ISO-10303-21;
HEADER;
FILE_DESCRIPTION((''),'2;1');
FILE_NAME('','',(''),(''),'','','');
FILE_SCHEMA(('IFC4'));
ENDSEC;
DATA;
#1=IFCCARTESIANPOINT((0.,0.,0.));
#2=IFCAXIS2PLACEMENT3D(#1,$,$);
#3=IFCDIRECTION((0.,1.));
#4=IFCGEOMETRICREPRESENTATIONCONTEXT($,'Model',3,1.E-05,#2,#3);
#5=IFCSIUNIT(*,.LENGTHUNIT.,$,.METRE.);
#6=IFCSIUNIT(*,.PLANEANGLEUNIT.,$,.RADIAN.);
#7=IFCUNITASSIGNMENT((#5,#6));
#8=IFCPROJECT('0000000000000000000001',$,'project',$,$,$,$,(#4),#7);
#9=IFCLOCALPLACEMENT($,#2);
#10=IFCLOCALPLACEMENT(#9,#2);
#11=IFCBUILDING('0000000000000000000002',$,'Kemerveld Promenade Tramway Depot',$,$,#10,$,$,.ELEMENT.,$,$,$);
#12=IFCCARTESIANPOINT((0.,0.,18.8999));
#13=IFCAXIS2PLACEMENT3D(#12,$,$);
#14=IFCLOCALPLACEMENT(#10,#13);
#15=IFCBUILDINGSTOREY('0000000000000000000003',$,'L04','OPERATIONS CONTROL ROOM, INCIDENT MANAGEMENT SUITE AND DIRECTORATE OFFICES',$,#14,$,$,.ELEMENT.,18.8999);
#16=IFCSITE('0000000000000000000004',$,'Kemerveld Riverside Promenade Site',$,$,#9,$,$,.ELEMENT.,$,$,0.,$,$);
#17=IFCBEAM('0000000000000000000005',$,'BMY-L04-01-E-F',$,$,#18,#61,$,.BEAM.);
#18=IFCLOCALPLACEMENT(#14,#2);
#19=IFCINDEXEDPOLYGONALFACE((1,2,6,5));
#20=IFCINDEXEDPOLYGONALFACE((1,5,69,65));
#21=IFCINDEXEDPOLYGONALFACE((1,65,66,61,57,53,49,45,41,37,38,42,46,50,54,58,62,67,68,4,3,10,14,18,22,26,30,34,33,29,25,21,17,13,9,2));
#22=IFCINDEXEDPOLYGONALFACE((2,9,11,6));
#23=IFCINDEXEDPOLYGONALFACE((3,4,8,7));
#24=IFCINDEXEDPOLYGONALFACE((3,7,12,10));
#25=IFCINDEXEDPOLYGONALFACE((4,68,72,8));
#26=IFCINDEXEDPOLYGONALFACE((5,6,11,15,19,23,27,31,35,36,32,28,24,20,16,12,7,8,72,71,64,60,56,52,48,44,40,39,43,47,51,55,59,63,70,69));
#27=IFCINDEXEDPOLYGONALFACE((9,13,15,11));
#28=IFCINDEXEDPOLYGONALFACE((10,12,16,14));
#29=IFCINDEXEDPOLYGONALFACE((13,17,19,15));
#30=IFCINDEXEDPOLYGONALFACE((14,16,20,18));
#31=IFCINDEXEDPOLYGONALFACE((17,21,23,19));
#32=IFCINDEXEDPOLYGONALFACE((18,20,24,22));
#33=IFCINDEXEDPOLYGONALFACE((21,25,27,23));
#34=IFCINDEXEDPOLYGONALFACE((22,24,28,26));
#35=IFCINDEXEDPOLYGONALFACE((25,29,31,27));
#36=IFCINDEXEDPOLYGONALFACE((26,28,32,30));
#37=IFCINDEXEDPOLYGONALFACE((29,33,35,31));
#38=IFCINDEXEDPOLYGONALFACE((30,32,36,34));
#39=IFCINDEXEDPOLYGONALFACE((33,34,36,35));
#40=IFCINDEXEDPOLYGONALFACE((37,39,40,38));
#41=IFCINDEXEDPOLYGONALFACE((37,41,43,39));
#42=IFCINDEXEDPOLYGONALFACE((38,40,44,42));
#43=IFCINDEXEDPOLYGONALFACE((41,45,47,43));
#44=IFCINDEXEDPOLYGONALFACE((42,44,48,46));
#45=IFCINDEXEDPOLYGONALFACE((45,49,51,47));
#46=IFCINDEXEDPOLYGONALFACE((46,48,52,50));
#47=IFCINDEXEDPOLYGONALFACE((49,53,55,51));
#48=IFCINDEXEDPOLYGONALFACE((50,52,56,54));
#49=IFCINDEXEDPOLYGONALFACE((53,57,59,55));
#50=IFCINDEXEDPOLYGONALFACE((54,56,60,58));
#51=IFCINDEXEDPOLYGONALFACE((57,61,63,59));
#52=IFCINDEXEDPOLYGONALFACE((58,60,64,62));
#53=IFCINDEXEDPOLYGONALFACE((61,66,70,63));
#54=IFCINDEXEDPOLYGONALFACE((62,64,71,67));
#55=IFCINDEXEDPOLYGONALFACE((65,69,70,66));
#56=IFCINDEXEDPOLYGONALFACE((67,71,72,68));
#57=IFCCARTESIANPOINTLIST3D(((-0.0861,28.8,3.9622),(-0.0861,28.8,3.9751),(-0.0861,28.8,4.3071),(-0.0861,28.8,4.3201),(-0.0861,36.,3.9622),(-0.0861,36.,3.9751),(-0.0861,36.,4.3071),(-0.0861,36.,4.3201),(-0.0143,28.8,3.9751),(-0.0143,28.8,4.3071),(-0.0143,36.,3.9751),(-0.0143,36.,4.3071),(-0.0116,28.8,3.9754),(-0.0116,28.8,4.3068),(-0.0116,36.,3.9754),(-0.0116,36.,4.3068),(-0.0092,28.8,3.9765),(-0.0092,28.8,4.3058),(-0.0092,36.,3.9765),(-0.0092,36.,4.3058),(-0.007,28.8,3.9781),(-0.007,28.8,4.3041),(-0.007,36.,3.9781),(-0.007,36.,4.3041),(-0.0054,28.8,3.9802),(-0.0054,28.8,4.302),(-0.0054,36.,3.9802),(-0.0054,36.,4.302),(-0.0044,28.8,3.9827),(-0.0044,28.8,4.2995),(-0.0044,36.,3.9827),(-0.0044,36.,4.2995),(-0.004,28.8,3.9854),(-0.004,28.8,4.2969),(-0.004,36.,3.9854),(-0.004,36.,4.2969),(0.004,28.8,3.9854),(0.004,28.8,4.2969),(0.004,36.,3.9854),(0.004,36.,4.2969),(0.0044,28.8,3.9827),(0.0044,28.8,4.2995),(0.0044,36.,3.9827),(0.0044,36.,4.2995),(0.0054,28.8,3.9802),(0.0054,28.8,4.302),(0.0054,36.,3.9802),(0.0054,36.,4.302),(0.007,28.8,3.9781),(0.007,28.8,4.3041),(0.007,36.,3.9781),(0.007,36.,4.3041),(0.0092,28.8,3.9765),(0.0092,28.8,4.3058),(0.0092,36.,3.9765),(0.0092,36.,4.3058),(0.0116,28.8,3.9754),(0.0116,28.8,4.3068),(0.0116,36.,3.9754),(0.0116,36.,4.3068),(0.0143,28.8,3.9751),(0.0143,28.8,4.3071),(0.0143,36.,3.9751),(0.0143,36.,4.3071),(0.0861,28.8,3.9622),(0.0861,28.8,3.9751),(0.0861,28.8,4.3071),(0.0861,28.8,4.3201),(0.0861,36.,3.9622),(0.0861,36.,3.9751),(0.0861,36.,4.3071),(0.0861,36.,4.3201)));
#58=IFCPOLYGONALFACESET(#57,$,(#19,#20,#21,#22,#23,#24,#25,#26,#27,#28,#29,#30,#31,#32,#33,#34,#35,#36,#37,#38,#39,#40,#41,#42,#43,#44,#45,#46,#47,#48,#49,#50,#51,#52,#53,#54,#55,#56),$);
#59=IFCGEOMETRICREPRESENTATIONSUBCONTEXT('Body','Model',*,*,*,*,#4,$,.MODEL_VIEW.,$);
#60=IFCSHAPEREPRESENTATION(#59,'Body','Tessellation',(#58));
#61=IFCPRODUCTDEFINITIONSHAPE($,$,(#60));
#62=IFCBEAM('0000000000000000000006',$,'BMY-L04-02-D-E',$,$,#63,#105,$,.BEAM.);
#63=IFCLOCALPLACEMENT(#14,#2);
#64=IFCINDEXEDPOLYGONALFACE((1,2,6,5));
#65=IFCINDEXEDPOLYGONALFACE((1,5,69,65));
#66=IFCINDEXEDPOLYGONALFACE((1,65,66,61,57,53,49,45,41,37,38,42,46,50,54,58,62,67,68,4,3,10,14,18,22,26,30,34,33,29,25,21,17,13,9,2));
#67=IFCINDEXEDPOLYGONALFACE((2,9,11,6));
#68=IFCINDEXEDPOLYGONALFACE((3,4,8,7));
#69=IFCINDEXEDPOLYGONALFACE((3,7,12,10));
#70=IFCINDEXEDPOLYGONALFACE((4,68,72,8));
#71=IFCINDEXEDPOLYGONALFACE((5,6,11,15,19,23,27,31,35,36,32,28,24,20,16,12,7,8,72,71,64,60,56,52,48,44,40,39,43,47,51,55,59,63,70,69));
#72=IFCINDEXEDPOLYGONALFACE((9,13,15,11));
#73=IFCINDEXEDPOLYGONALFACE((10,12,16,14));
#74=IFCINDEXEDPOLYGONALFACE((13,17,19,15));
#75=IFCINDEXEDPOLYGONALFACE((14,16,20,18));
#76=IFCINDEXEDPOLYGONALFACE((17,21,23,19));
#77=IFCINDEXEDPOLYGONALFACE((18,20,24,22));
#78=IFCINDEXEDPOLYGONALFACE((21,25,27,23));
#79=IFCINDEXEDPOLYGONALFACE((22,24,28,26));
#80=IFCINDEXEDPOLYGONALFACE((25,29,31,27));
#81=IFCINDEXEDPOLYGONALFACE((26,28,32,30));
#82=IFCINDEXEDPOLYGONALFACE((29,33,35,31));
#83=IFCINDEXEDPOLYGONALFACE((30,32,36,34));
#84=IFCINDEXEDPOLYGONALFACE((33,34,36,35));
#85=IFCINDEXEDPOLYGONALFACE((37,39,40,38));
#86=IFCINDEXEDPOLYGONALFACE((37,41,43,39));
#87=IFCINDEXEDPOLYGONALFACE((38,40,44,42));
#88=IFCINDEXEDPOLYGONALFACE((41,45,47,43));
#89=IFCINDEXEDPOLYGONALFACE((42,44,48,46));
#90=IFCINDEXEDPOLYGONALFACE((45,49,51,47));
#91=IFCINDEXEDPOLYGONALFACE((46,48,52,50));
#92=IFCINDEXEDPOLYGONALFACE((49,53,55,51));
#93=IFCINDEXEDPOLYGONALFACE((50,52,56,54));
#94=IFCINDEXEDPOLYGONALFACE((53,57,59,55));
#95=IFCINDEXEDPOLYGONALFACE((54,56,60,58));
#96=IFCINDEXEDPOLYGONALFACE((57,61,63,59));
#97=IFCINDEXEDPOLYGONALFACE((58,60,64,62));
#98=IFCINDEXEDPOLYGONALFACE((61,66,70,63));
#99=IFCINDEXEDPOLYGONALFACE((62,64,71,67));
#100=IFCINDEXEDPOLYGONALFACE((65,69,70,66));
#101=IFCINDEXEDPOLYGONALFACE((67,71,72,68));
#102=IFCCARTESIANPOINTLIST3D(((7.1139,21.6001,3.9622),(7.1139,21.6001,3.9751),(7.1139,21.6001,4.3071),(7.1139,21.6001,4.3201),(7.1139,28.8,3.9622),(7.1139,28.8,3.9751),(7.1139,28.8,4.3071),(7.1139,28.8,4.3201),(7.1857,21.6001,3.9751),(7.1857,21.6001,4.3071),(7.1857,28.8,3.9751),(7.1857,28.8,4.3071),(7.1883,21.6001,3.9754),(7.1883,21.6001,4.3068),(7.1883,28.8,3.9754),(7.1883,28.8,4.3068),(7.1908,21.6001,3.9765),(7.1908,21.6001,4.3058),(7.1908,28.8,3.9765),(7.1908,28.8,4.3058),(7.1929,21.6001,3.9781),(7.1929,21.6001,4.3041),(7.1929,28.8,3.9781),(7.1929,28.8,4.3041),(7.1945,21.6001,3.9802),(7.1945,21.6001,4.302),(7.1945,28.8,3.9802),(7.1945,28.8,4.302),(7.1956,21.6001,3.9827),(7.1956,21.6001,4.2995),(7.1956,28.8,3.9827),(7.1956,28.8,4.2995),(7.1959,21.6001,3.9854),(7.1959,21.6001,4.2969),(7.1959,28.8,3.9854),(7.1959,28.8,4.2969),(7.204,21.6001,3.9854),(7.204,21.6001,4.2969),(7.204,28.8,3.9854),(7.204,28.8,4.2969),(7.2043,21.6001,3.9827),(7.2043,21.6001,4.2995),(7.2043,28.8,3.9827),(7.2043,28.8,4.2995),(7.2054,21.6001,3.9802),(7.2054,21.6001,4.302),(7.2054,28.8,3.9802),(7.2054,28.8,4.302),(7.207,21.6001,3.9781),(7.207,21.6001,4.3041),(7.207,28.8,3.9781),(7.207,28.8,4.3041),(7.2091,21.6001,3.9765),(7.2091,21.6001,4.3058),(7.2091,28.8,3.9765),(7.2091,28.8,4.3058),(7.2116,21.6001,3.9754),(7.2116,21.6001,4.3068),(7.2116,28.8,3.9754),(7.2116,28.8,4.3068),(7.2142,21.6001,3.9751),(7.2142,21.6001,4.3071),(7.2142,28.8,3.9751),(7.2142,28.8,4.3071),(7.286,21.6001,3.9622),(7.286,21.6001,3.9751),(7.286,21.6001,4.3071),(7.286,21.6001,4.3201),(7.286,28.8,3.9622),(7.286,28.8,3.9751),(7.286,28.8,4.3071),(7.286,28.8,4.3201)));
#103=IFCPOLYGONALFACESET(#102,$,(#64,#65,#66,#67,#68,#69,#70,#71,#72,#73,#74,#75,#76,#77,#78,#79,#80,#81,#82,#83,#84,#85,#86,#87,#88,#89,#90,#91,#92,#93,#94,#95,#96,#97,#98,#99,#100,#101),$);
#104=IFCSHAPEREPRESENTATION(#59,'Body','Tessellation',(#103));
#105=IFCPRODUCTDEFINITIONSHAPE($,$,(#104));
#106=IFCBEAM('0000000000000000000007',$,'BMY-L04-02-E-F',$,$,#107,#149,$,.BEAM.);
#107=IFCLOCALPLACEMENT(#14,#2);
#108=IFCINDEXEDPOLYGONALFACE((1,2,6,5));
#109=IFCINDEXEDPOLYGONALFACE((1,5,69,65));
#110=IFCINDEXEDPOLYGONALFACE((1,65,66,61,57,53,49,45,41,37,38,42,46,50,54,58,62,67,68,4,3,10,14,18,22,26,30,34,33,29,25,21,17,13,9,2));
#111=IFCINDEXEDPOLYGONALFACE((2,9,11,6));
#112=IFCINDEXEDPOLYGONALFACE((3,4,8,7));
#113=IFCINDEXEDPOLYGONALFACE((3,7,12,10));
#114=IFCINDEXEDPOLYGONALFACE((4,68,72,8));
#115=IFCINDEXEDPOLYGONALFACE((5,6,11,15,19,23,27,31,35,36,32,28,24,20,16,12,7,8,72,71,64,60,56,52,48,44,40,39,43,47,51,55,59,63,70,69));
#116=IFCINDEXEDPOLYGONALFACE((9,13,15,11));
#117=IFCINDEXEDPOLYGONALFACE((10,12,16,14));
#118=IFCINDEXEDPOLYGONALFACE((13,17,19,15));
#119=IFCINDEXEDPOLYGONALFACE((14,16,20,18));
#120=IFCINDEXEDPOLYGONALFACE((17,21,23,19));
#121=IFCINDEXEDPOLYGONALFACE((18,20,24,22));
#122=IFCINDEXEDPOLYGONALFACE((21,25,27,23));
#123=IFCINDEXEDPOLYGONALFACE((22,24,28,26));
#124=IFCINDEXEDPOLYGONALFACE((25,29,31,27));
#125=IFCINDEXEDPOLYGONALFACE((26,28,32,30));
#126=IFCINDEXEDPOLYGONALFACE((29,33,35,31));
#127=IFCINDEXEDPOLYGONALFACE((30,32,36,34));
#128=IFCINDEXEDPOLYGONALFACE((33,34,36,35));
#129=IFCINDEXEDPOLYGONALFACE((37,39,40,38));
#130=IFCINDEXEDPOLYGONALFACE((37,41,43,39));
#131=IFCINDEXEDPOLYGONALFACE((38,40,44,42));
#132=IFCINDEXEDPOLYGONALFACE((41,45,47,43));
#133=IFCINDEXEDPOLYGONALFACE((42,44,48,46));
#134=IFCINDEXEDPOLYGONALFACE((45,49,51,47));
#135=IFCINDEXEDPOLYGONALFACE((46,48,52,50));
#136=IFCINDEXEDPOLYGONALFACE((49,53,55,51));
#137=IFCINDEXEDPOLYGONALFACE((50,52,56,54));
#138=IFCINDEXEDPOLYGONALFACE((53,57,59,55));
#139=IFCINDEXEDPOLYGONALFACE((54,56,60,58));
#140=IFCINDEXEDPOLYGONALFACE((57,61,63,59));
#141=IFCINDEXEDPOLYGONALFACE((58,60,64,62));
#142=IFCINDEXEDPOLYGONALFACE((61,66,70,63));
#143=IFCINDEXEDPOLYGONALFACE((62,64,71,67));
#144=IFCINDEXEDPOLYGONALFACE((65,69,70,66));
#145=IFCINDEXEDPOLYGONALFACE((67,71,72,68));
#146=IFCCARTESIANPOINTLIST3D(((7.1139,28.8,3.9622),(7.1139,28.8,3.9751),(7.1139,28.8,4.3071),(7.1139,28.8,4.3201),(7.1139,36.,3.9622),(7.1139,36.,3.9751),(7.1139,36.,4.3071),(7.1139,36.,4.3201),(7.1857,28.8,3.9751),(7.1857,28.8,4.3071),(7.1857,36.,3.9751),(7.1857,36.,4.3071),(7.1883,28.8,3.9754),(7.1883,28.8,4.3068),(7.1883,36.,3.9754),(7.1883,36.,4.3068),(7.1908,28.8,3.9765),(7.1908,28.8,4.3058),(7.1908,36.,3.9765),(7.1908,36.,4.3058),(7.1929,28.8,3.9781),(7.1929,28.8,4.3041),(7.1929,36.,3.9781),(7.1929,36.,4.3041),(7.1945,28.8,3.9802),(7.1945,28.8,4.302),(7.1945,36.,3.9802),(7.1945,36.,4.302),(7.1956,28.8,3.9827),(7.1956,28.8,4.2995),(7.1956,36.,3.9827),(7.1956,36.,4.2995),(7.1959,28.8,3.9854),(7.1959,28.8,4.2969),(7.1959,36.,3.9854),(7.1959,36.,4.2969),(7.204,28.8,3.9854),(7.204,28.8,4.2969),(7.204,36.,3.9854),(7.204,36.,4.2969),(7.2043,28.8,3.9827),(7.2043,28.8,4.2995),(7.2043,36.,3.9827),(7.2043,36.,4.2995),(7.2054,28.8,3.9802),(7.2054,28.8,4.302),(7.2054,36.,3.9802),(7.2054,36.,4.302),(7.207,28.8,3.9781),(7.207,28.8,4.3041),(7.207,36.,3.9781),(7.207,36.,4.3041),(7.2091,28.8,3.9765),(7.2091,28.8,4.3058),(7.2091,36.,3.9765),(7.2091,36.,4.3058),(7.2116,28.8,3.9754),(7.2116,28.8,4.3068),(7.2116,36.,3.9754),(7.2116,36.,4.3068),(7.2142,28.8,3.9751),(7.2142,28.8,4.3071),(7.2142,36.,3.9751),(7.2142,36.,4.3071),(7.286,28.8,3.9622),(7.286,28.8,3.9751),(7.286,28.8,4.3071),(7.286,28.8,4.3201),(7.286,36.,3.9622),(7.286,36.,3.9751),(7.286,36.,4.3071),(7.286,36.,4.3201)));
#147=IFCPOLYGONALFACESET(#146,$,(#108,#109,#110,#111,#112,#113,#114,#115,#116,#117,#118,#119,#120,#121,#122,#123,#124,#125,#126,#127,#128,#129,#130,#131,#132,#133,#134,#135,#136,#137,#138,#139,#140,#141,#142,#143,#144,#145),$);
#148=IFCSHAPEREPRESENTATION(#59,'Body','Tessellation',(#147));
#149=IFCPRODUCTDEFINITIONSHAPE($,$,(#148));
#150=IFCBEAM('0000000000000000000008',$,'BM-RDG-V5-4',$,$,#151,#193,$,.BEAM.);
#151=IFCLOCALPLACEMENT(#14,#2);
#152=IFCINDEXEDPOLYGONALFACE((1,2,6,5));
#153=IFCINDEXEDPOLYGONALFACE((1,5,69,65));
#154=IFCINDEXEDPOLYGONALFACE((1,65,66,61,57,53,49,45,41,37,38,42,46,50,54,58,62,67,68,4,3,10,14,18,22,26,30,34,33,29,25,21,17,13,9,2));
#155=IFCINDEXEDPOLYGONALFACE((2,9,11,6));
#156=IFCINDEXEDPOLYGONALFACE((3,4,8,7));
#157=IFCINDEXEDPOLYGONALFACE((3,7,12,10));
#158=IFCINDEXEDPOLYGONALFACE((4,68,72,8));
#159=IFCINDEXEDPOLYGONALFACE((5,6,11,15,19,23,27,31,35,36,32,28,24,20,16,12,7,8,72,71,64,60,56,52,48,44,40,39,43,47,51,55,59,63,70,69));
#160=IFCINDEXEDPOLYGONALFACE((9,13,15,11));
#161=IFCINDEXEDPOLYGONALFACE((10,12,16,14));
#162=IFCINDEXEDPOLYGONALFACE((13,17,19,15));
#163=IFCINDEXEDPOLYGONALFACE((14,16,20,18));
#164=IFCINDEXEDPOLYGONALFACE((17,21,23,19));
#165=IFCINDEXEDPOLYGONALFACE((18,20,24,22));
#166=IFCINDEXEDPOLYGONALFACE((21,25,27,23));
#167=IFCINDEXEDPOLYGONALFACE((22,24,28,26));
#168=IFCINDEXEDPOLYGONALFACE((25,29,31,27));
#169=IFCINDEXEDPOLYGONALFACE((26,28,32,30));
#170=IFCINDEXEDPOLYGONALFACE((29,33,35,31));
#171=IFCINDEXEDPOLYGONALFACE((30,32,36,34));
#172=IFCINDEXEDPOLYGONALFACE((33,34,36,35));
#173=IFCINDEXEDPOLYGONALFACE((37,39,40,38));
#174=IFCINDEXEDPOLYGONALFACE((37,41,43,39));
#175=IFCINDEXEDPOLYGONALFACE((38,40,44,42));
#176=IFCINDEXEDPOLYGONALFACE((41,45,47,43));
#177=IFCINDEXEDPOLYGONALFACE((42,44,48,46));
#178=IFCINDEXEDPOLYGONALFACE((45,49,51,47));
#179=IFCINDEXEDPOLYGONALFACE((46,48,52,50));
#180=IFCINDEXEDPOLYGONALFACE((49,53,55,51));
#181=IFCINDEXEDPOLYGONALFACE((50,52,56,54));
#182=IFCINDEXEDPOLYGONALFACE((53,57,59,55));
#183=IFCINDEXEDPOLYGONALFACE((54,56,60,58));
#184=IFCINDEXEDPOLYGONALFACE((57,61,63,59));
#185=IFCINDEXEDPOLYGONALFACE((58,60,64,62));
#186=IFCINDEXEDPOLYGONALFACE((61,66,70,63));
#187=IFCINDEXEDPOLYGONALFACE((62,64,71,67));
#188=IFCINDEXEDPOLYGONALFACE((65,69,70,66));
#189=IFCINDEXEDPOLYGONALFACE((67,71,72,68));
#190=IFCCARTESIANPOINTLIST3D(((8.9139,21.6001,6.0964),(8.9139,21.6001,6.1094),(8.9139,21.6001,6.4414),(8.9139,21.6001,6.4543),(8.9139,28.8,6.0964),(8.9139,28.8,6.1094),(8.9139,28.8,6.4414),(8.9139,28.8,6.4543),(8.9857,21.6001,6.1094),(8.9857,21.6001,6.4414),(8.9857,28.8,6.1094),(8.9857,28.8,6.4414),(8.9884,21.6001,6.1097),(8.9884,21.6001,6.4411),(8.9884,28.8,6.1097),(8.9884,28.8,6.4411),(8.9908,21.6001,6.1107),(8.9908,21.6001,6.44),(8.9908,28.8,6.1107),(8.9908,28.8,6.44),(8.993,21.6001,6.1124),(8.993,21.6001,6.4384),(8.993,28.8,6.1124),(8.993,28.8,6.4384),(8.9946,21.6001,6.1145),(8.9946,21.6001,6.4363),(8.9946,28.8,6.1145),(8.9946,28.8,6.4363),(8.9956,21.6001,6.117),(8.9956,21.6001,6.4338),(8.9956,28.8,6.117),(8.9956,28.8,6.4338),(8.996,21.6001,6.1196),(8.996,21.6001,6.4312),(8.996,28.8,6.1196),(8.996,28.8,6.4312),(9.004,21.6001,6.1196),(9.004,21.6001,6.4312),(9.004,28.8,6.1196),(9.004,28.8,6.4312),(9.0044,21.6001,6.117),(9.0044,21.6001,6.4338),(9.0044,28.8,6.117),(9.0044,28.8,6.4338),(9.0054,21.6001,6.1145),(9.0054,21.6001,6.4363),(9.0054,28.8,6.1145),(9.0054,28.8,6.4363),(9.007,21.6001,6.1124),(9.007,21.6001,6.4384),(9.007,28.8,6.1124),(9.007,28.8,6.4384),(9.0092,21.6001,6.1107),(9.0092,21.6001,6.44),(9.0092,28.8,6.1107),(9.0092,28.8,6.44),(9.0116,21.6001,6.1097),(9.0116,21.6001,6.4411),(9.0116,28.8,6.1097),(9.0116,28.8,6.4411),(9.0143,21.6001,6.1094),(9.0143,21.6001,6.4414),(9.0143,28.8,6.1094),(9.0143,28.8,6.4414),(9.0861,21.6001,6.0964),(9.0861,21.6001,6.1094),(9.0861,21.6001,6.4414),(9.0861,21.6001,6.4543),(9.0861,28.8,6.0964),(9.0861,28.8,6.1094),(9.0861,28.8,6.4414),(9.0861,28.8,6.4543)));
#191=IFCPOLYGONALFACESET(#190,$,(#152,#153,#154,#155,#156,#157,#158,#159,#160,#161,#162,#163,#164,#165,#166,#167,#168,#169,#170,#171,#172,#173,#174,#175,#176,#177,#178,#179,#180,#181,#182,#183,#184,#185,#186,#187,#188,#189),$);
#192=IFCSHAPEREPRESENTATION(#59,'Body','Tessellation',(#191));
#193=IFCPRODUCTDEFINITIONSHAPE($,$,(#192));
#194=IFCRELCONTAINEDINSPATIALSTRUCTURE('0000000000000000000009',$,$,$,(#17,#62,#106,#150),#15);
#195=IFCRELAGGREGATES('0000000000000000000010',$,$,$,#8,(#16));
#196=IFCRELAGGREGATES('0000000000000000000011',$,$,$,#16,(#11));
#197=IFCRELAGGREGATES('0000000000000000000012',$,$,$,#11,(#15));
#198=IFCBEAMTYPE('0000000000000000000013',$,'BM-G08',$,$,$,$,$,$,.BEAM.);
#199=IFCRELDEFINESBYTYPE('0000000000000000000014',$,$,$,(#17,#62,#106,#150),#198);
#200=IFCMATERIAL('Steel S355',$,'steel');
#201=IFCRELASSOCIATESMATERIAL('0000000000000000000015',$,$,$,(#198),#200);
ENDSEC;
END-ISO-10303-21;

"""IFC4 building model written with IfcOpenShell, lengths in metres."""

from ifc_helpers import new_model, si_unit, direction, frame, origin, origin_2d, place, context, subcontext, project, spatial, i_section, extrude, material, material_profile, profile_set, type_object, element, save


model = new_model("IFC4")

# Units and contexts
model_context = context("Model", 3, precision=1e-05, world=origin(), true_north=direction((0.0, 1.0)))
body_context = subcontext(model_context, "Body", "Model", "MODEL_VIEW")
ifc_project = project(units=[si_unit("LENGTHUNIT", "METRE"), si_unit("PLANEANGLEUNIT", "RADIAN")], contexts=[model_context])

# Site, building, storey
site_placement = place(None, origin())
site = spatial("IfcSite", under=ifc_project, at=site_placement, Name="Kemerveld Riverside Promenade Site", CompositionType="ELEMENT", RefElevation=0.0)
building_placement = place(site_placement, origin())
building = spatial("IfcBuilding", under=site, at=building_placement, Name="Kemerveld Promenade Tramway Depot", CompositionType="ELEMENT")
storey_placement = place(building_placement, frame((0.0, 0.0, 18.8999)))
storey = spatial("IfcBuildingStorey", under=building, at=storey_placement, Name="L04", Description="OPERATIONS CONTROL ROOM, INCIDENT MANAGEMENT SUITE AND DIRECTORATE OFFICES", CompositionType="ELEMENT", Elevation=18.8999)

# Shared definitions
ifc_material_1 = material(Name="Steel S355", Category="steel")

# Beams
ifc_material_profile_1 = material_profile(ifc_material_1, i_section(OverallWidth=0.1721, OverallDepth=0.3579, WebThickness=0.0081, FlangeThickness=0.0129, FilletRadius=0.0103, at=origin_2d()), Name="356x171x57 UB")
ifc_profile_set_1 = profile_set([ifc_material_profile_1], Name="Steel S355")
beam_type_1 = type_object("IfcBeamType", Name="BM-G08", PredefinedType="BEAM", material=ifc_profile_set_1)
for number, where, z_axis, x_axis, name in (
    (1, (0.0, 28.8, 4.1411), (0.0, 1.0, 0.0), (-1.0, 0.0, 0.0), "BMY-L04-01-E-F"),
    (2, (7.2, 21.6001, 4.1411), (0.0, 1.0, 0.0), (-1.0, 0.0, 0.0), "BMY-L04-02-D-E"),
    (3, (7.2, 28.8, 4.1411), (0.0, 1.0, 0.0), (-1.0, 0.0, 0.0), "BMY-L04-02-E-F"),
    (4, (9.0, 21.6001, 6.2754), (0.0, 1.0, 0.0), (-1.0, 0.0, 0.0), "BM-RDG-V5-4"),
):
    element("IfcBeam", number, at=place(storey_placement, frame(where, z_axis=z_axis, x_axis=x_axis)), inside=storey, type_object=beam_type_1, Name=name, PredefinedType="BEAM", context=body_context, shape_type="SweptSolid", body=[
        extrude(i_section(OverallWidth=0.1721, OverallDepth=0.3579, WebThickness=0.0081, FlangeThickness=0.0129, FilletRadius=0.0103, at=origin_2d()), origin(), (0.0, 0.0, 1.0), 7.2),
    ])

save(model, "model.ifc")
